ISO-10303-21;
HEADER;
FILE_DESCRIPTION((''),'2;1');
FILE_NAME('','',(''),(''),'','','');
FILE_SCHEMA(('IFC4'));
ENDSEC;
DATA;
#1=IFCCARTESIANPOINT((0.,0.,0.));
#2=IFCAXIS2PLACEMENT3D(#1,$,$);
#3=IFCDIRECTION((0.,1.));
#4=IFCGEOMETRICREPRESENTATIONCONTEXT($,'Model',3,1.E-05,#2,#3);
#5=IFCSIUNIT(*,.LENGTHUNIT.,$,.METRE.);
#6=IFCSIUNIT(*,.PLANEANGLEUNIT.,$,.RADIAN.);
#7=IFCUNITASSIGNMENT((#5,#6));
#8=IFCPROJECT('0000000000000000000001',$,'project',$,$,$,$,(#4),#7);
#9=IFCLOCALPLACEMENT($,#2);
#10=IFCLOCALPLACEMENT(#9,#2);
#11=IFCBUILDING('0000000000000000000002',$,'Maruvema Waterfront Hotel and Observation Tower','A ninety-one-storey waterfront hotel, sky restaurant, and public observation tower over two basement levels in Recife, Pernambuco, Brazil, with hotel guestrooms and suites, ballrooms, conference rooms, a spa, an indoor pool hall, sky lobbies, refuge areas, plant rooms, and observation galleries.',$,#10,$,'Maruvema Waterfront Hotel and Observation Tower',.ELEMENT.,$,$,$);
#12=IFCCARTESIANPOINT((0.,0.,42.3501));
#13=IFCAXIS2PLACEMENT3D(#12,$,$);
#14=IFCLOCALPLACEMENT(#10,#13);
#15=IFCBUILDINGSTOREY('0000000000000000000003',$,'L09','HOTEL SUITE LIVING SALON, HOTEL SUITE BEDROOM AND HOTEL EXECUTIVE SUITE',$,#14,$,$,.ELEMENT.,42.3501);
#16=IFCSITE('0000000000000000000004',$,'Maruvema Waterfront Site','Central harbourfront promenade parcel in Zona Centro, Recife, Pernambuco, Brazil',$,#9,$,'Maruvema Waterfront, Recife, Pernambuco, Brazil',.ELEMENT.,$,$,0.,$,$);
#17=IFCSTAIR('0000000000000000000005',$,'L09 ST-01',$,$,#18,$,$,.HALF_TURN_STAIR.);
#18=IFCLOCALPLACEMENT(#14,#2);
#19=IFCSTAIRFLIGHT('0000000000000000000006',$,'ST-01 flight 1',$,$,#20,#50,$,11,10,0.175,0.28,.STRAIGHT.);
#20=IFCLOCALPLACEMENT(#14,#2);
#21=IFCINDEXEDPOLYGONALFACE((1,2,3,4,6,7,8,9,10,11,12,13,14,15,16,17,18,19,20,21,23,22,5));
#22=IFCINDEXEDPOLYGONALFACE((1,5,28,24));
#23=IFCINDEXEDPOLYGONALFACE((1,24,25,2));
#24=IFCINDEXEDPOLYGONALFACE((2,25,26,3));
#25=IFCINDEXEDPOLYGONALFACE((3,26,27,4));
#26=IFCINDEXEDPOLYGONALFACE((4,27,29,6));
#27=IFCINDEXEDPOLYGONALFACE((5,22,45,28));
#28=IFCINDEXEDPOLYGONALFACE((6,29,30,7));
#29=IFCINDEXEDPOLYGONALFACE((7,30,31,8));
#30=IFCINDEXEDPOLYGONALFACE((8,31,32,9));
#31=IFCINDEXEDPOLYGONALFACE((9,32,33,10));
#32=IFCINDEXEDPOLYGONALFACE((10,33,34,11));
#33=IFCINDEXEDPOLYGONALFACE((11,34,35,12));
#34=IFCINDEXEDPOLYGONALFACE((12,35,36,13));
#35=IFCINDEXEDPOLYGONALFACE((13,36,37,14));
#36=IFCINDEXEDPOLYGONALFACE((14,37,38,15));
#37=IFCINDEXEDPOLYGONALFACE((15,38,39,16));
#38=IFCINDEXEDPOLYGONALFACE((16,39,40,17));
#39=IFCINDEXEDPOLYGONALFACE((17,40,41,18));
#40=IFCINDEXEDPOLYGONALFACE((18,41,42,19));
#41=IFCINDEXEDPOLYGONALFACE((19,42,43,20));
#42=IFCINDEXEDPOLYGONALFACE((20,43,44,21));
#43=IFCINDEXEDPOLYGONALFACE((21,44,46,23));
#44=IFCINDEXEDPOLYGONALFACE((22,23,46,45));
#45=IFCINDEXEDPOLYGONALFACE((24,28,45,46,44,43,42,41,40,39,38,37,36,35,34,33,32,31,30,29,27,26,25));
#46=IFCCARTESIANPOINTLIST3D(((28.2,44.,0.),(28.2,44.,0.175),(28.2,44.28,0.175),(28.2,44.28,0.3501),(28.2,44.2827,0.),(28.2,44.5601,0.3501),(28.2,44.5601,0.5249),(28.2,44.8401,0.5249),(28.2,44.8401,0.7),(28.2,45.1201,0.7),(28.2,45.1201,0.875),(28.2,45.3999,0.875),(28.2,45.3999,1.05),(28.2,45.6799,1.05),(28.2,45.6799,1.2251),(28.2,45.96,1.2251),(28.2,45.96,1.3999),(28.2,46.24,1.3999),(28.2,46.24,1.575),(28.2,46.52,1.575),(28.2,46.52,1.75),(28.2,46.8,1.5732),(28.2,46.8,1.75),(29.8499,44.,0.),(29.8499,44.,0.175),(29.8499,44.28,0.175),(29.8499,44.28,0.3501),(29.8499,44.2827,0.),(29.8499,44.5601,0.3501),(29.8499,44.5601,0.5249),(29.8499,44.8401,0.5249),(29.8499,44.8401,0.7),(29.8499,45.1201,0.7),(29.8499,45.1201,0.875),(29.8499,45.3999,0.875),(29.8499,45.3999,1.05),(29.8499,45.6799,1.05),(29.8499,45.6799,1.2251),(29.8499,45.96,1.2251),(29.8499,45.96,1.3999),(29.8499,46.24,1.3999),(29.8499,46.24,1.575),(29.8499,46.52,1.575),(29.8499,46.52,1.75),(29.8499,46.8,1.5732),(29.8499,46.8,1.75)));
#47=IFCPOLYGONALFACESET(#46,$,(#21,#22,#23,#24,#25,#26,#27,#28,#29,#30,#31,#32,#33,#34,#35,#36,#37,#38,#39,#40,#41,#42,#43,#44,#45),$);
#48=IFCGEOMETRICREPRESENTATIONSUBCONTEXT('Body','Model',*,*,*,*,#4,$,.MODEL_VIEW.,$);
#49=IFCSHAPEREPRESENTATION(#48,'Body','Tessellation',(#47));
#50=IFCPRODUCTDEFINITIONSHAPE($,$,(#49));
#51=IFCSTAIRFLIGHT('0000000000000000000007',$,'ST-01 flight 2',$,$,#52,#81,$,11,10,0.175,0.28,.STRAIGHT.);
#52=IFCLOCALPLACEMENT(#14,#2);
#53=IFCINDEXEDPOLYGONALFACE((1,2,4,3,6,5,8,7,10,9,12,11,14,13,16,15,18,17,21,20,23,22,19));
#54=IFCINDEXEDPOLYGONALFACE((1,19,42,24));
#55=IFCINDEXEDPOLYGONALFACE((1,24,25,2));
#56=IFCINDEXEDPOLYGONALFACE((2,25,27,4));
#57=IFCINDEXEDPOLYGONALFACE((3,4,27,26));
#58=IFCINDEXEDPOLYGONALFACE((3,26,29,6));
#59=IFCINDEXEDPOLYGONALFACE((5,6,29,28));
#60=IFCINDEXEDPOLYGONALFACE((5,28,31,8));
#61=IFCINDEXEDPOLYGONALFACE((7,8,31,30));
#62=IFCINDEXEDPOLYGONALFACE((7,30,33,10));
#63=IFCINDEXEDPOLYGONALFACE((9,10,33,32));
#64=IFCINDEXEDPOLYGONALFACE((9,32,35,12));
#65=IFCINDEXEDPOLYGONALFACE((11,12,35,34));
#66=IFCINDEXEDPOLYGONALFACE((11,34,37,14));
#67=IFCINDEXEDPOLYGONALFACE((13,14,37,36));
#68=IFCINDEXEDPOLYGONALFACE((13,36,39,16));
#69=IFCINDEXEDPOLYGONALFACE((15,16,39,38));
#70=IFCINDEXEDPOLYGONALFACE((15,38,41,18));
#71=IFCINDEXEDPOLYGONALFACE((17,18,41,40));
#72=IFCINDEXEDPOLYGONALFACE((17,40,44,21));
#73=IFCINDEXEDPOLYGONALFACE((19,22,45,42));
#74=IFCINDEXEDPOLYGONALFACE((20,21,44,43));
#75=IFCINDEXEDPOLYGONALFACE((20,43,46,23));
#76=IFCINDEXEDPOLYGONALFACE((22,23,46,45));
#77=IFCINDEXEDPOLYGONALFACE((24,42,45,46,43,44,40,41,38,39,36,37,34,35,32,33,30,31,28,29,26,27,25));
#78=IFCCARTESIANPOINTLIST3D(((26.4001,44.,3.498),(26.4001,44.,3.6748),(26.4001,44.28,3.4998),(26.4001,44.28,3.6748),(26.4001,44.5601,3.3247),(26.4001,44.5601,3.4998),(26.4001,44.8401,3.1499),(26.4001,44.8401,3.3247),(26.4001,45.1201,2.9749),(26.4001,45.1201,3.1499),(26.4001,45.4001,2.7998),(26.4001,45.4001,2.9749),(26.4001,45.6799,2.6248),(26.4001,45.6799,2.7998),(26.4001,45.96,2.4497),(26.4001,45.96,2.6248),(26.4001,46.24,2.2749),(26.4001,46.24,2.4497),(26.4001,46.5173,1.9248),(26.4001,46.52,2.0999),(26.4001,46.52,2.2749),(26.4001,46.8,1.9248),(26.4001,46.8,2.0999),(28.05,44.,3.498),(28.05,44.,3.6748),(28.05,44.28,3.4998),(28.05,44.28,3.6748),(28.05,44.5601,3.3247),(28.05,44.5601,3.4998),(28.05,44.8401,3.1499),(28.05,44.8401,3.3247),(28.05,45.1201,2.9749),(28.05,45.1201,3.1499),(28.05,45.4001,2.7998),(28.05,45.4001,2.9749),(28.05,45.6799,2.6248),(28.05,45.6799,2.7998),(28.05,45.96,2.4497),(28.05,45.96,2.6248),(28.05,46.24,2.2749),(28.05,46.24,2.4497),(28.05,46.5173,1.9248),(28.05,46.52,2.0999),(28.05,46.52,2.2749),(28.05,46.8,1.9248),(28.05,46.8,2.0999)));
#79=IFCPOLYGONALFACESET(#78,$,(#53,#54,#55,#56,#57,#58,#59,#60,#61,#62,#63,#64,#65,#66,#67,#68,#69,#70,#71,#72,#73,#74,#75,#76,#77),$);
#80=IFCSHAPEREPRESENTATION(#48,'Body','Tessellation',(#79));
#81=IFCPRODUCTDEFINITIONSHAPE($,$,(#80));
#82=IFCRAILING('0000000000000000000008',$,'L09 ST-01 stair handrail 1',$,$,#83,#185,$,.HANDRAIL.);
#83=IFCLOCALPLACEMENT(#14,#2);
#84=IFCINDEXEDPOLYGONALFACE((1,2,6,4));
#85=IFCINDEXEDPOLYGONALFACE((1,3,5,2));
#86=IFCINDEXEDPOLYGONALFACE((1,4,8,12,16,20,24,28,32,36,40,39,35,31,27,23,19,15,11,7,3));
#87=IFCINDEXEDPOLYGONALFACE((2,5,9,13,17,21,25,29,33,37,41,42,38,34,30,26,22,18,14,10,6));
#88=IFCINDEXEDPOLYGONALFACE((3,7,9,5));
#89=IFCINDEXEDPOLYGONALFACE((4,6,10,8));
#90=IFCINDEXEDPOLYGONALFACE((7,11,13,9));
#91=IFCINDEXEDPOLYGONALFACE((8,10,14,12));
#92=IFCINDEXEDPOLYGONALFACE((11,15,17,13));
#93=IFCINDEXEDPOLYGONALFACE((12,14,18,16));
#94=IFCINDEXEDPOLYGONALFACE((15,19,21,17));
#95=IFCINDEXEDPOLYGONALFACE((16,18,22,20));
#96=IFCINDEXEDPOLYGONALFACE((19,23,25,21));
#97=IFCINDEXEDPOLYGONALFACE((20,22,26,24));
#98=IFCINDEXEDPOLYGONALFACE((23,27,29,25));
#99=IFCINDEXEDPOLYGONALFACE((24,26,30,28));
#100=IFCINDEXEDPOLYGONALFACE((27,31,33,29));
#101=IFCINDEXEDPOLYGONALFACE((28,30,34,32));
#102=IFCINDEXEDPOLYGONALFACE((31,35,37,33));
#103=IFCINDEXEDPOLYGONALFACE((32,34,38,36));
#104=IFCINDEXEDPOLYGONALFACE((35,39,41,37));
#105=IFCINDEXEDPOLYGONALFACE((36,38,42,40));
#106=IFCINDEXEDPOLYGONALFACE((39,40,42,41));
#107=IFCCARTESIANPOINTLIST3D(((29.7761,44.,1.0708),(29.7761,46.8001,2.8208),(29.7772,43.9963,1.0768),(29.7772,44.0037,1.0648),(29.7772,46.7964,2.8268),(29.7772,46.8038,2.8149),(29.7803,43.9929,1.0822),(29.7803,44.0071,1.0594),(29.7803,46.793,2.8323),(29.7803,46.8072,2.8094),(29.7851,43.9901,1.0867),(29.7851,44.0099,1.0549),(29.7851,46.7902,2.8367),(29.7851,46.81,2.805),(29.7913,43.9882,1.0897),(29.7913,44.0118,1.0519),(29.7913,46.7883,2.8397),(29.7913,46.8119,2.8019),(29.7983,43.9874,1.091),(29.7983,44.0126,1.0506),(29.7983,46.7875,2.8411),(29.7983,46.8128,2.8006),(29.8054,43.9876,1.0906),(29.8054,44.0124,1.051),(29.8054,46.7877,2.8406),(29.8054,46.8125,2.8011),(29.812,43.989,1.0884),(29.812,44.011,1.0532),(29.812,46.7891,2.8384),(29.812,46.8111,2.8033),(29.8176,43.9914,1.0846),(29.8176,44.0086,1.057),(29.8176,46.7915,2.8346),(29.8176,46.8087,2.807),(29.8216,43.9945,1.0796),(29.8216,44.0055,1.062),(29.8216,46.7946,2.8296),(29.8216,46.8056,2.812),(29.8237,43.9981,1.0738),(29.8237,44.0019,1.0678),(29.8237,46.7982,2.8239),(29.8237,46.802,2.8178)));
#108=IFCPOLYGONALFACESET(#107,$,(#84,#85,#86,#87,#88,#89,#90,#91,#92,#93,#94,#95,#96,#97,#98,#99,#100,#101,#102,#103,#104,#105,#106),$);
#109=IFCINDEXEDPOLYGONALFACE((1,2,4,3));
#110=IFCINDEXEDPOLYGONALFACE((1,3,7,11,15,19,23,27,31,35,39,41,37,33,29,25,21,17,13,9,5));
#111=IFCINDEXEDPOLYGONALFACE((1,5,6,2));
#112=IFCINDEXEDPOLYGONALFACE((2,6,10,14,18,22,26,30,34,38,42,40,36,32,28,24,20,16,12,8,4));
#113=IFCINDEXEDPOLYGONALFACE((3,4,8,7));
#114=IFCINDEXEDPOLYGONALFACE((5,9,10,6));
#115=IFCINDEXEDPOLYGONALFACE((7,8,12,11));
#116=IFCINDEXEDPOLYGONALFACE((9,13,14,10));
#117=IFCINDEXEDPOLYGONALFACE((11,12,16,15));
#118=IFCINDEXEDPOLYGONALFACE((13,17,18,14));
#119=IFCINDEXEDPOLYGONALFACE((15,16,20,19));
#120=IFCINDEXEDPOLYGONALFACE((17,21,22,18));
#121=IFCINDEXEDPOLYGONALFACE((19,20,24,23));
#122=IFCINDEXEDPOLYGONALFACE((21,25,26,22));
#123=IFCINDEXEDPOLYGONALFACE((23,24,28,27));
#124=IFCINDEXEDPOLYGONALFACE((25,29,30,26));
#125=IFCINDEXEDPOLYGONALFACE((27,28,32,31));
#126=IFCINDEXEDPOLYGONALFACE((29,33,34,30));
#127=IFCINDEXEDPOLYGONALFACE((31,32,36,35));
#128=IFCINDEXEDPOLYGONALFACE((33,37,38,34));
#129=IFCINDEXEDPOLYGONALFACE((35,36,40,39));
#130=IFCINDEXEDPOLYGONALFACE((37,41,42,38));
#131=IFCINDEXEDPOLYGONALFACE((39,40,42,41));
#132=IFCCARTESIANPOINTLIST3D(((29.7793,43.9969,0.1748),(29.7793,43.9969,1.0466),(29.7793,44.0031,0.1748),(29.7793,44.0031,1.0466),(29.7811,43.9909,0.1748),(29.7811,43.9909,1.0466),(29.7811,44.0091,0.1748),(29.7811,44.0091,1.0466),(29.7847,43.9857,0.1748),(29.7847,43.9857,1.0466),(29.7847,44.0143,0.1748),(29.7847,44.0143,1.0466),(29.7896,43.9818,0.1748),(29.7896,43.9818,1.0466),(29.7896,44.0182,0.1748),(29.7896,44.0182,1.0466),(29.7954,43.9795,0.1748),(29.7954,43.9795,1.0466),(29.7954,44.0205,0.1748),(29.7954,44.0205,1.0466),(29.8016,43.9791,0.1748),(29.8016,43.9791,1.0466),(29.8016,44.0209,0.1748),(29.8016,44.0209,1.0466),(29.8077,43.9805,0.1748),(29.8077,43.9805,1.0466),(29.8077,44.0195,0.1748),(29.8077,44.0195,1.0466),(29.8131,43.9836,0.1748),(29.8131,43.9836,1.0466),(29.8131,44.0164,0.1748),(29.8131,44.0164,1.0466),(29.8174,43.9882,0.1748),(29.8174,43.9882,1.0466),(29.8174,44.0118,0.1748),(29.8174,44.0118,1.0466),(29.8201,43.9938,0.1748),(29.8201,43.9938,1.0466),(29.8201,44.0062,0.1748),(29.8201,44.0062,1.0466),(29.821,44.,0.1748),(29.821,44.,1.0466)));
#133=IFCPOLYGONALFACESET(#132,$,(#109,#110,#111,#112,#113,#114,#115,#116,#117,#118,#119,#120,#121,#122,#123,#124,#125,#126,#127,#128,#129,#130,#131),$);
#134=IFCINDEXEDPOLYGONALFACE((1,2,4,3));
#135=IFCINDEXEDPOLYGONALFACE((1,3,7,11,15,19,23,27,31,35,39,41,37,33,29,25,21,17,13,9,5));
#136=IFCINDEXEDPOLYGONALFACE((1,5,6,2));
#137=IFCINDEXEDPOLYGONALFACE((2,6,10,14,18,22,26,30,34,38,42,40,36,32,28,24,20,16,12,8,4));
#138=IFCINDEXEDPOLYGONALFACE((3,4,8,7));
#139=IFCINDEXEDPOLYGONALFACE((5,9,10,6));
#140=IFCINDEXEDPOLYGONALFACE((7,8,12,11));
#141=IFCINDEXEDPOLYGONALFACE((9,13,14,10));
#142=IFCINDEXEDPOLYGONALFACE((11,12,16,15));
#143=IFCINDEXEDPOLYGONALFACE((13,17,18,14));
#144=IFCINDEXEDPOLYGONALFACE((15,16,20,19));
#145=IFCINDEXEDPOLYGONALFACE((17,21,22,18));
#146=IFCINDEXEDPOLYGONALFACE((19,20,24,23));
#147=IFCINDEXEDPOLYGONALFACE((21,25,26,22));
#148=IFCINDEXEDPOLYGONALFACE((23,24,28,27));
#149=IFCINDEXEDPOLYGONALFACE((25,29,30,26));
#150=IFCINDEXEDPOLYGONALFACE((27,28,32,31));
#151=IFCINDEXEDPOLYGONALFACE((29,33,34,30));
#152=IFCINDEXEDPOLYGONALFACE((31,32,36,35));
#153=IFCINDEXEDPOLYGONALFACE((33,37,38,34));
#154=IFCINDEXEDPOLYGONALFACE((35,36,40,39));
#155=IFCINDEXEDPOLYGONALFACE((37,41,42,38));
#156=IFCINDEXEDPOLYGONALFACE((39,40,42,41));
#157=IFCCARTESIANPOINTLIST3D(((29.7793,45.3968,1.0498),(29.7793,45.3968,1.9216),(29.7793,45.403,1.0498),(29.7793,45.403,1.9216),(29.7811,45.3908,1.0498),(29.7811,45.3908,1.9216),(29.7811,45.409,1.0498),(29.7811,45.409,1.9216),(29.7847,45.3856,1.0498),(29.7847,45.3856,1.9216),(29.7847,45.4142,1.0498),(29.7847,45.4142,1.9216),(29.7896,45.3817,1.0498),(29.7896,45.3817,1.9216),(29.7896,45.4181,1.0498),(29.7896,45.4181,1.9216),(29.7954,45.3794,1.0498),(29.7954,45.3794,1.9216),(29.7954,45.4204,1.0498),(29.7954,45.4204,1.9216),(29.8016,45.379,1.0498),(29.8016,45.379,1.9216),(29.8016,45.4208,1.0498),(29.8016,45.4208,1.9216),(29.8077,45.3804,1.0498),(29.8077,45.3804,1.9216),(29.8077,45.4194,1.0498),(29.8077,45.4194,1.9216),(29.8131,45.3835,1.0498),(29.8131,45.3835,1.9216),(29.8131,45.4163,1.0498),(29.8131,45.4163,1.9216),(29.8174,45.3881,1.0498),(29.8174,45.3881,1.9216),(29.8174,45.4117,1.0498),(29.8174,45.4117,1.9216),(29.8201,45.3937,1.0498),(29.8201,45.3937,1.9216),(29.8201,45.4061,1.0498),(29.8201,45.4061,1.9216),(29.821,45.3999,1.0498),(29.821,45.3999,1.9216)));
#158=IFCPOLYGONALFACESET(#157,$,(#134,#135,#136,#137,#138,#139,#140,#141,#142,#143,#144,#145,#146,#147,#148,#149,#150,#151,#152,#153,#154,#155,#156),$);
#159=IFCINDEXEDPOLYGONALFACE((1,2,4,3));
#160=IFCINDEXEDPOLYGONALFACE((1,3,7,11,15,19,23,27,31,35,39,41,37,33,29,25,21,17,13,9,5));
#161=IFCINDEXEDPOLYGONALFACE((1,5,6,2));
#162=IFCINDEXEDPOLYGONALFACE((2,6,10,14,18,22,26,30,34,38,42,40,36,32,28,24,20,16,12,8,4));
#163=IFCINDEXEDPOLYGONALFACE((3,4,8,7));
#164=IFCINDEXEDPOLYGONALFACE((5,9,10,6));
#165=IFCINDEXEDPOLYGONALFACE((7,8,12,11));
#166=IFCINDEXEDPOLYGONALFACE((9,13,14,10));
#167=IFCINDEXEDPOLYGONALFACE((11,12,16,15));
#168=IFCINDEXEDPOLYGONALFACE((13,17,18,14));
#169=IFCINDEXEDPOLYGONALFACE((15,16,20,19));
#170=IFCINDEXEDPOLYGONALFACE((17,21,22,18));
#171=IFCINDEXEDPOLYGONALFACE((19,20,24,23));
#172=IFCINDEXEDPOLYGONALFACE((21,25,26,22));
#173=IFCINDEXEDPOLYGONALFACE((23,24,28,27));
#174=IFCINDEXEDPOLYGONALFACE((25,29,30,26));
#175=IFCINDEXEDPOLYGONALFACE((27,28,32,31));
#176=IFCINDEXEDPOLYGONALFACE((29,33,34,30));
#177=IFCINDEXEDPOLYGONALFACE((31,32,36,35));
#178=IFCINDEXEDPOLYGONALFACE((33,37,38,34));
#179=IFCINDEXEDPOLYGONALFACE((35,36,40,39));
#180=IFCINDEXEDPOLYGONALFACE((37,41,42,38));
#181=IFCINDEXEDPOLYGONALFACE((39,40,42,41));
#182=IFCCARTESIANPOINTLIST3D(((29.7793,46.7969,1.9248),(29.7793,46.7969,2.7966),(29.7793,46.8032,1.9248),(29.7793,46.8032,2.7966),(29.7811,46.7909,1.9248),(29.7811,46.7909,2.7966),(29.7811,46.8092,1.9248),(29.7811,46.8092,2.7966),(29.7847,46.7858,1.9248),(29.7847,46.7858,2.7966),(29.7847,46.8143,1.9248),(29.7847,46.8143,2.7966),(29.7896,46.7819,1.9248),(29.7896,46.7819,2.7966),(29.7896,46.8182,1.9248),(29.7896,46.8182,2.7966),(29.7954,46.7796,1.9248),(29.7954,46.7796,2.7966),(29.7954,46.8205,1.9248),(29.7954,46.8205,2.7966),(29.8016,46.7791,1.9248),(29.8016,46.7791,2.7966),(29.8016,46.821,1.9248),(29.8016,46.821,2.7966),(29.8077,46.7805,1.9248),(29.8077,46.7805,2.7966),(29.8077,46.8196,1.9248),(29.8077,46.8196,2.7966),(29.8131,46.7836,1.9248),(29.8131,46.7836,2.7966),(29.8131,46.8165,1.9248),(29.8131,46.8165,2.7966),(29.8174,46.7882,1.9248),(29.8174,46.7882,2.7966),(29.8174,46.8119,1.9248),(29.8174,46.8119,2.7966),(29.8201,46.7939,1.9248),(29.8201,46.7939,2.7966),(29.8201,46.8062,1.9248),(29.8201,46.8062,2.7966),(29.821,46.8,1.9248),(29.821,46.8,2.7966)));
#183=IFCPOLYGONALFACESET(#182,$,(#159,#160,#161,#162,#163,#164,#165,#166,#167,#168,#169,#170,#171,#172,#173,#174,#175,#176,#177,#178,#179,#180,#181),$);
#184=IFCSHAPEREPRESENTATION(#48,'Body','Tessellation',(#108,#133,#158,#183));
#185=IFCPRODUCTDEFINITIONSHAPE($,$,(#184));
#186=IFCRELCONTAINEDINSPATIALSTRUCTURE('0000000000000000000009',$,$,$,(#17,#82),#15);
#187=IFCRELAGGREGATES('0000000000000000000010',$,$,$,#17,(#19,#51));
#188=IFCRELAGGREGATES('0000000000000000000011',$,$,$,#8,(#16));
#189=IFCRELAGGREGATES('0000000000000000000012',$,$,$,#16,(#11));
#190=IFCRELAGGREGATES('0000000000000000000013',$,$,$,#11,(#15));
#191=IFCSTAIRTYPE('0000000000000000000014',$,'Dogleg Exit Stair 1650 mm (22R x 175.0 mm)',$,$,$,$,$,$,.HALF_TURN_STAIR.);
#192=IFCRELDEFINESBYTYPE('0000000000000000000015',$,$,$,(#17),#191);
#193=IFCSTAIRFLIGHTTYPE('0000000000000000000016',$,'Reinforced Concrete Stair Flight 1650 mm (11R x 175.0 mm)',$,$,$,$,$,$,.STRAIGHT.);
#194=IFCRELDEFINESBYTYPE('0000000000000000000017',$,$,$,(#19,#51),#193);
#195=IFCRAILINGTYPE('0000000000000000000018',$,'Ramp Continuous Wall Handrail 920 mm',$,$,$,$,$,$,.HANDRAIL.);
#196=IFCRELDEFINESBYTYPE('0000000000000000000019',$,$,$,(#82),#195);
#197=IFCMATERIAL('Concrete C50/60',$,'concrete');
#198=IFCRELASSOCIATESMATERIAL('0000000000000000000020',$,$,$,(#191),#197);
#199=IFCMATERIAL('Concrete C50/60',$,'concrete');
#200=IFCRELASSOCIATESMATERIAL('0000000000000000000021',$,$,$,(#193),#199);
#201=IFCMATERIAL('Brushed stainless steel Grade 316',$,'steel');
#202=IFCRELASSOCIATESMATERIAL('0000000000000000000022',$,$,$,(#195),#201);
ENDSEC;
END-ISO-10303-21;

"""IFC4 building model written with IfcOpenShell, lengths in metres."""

from ifc_helpers import new_model, si_unit, direction, frame, origin, origin_2d, place, context, subcontext, project, spatial, polyline, circle, outline, extrude, material, type_object, element, aggregate, save


model = new_model("IFC4")

# Units and contexts
model_context = context("Model", 3, precision=1e-05, world=origin(), true_north=direction((0.0, 1.0)))
body_context = subcontext(model_context, "Body", "Model", "MODEL_VIEW")
ifc_project = project(units=[si_unit("LENGTHUNIT", "METRE"), si_unit("PLANEANGLEUNIT", "RADIAN")], contexts=[model_context])

# Site, building, storey
site_placement = place(None, origin())
site = spatial("IfcSite", under=ifc_project, at=site_placement, Name="Maruvema Waterfront Site", Description="Central harbourfront promenade parcel in Zona Centro, Recife, Pernambuco, Brazil", LongName="Maruvema Waterfront, Recife, Pernambuco, Brazil", CompositionType="ELEMENT", RefElevation=0.0)
building_placement = place(site_placement, origin())
building = spatial("IfcBuilding", under=site, at=building_placement, Name="Maruvema Waterfront Hotel and Observation Tower", Description="A ninety-one-storey waterfront hotel, sky restaurant, and public observation tower over two basement levels in Recife, Pernambuco, Brazil, with hotel guestrooms and suites, ballrooms, conference rooms, a spa, an indoor pool hall, sky lobbies, refuge areas, plant rooms, and observation galleries.", LongName="Maruvema Waterfront Hotel and Observation Tower", CompositionType="ELEMENT")
storey_placement = place(building_placement, frame((0.0, 0.0, 42.3501)))
storey = spatial("IfcBuildingStorey", under=building, at=storey_placement, Name="L09", Description="HOTEL SUITE LIVING SALON, HOTEL SUITE BEDROOM AND HOTEL EXECUTIVE SUITE", CompositionType="ELEMENT", Elevation=42.3501)

# Stair, stair flights
ifc_material_1 = material(Name="Concrete C50/60", Category="concrete")
stair_type = type_object("IfcStairType", Name="Dogleg Exit Stair 1650 mm (22R x 175.0 mm)", PredefinedType="HALF_TURN_STAIR", material=ifc_material_1)
stair_placement = place(storey_placement, origin())
stair = element("IfcStair", 1, at=stair_placement, inside=storey, type_object=stair_type, Name="L09 ST-01", PredefinedType="HALF_TURN_STAIR")
ifc_material_2 = material(Name="Concrete C50/60", Category="concrete")
stair_flight_type = type_object("IfcStairFlightType", Name="Reinforced Concrete Stair Flight 1650 mm (11R x 175.0 mm)", PredefinedType="STRAIGHT", material=ifc_material_2)
stair_flight_1_placement = place(storey_placement, frame((29.0249, 44.0, 0.0), z_axis=(0.0, 0.0, 1.0), x_axis=(0.0, 1.0, 0.0)))
stair_flight_1 = element("IfcStairFlight", 2, at=stair_flight_1_placement, type_object=stair_flight_type, Name="ST-01 flight 1", NumberOfRisers=11, NumberOfTreads=10, PredefinedType="STRAIGHT", RiserHeight=0.175, TreadLength=0.28, context=body_context, shape_type="SweptSolid", body=[
    extrude(outline(polyline([(0.0, 0.0), (0.0, 0.175), (0.28, 0.175), (0.28, 0.3501), (0.5601, 0.3501), (0.5601, 0.5249), (0.8401, 0.5249), (0.8401, 0.7), (1.1201, 0.7), (1.1201, 0.875), (1.3999, 0.875), (1.3999, 1.05), (1.6799, 1.05), (1.6799, 1.2251), (1.96, 1.2251), (1.96, 1.3999), (2.24, 1.3999), (2.24, 1.575), (2.52, 1.575), (2.52, 1.75), (2.8, 1.75), (2.8, 1.925), (2.8, 1.5732), (0.2827, 0.0), (0.0, 0.0)])), frame((0.0, 0.825, 0.0), z_axis=(0.0, -1.0, 0.0), x_axis=(1.0, 0.0, 0.0)), (0.0, 0.0, 1.0), 1.6499),
])
stair_flight_2_placement = place(storey_placement, frame((27.2251, 46.8, 1.9248), z_axis=(0.0, 0.0, 1.0), x_axis=(0.0, -1.0, 0.0)))
stair_flight_2 = element("IfcStairFlight", 3, at=stair_flight_2_placement, type_object=stair_flight_type, Name="ST-01 flight 2", NumberOfRisers=11, NumberOfTreads=10, PredefinedType="STRAIGHT", RiserHeight=0.175, TreadLength=0.28, context=body_context, shape_type="SweptSolid", body=[
    extrude(outline(polyline([(0.0, 0.0), (0.0, 0.175), (0.28, 0.175), (0.28, 0.3501), (0.5601, 0.3501), (0.5601, 0.5249), (0.8401, 0.5249), (0.8401, 0.7), (1.1201, 0.7), (1.1201, 0.875), (1.3999, 0.875), (1.3999, 1.05), (1.6799, 1.05), (1.6799, 1.2251), (1.96, 1.2251), (1.96, 1.3999), (2.24, 1.3999), (2.24, 1.575), (2.52, 1.575), (2.52, 1.75), (2.8, 1.75), (2.8, 1.925), (2.8, 1.5732), (0.2827, 0.0), (0.0, 0.0)])), frame((0.0, 0.825, 0.0), z_axis=(0.0, -1.0, 0.0), x_axis=(1.0, 0.0, 0.0)), (0.0, 0.0, 1.0), 1.6499),
])
aggregate(stair, [stair_flight_1, stair_flight_2])

# Railing
ifc_material_3 = material(Name="Brushed stainless steel Grade 316", Category="steel")
railing_type_1 = type_object("IfcRailingType", Name="Ramp Continuous Wall Handrail 920 mm", PredefinedType="HANDRAIL", material=ifc_material_3)
railing_1_placement = place(storey_placement, frame((29.8, 44.0, 0.1748)))
element("IfcRailing", 4, at=railing_1_placement, inside=storey, type_object=railing_type_1, Name="L09 ST-01 stair handrail 1", PredefinedType="HANDRAIL", context=body_context, shape_type="SweptSolid", body=[
    extrude(circle(Radius=0.0239, at=origin_2d()), frame((0.0, 0.0, 0.896), z_axis=(0.0, 0.848002, 0.529992), x_axis=(-1.0, 0.0, 0.0)), (0.0, 0.0, 1.0), 3.302),
    extrude(circle(Radius=0.021, at=origin_2d()), origin(), (0.0, 0.0, 1.0), 0.8718),
    extrude(circle(Radius=0.021, at=origin_2d()), frame((0.0, 1.3999, 0.875)), (0.0, 0.0, 1.0), 0.8718),
    extrude(circle(Radius=0.021, at=origin_2d()), frame((0.0, 2.8, 1.75)), (0.0, 0.0, 1.0), 0.8718),
])

save(model, "model.ifc")
